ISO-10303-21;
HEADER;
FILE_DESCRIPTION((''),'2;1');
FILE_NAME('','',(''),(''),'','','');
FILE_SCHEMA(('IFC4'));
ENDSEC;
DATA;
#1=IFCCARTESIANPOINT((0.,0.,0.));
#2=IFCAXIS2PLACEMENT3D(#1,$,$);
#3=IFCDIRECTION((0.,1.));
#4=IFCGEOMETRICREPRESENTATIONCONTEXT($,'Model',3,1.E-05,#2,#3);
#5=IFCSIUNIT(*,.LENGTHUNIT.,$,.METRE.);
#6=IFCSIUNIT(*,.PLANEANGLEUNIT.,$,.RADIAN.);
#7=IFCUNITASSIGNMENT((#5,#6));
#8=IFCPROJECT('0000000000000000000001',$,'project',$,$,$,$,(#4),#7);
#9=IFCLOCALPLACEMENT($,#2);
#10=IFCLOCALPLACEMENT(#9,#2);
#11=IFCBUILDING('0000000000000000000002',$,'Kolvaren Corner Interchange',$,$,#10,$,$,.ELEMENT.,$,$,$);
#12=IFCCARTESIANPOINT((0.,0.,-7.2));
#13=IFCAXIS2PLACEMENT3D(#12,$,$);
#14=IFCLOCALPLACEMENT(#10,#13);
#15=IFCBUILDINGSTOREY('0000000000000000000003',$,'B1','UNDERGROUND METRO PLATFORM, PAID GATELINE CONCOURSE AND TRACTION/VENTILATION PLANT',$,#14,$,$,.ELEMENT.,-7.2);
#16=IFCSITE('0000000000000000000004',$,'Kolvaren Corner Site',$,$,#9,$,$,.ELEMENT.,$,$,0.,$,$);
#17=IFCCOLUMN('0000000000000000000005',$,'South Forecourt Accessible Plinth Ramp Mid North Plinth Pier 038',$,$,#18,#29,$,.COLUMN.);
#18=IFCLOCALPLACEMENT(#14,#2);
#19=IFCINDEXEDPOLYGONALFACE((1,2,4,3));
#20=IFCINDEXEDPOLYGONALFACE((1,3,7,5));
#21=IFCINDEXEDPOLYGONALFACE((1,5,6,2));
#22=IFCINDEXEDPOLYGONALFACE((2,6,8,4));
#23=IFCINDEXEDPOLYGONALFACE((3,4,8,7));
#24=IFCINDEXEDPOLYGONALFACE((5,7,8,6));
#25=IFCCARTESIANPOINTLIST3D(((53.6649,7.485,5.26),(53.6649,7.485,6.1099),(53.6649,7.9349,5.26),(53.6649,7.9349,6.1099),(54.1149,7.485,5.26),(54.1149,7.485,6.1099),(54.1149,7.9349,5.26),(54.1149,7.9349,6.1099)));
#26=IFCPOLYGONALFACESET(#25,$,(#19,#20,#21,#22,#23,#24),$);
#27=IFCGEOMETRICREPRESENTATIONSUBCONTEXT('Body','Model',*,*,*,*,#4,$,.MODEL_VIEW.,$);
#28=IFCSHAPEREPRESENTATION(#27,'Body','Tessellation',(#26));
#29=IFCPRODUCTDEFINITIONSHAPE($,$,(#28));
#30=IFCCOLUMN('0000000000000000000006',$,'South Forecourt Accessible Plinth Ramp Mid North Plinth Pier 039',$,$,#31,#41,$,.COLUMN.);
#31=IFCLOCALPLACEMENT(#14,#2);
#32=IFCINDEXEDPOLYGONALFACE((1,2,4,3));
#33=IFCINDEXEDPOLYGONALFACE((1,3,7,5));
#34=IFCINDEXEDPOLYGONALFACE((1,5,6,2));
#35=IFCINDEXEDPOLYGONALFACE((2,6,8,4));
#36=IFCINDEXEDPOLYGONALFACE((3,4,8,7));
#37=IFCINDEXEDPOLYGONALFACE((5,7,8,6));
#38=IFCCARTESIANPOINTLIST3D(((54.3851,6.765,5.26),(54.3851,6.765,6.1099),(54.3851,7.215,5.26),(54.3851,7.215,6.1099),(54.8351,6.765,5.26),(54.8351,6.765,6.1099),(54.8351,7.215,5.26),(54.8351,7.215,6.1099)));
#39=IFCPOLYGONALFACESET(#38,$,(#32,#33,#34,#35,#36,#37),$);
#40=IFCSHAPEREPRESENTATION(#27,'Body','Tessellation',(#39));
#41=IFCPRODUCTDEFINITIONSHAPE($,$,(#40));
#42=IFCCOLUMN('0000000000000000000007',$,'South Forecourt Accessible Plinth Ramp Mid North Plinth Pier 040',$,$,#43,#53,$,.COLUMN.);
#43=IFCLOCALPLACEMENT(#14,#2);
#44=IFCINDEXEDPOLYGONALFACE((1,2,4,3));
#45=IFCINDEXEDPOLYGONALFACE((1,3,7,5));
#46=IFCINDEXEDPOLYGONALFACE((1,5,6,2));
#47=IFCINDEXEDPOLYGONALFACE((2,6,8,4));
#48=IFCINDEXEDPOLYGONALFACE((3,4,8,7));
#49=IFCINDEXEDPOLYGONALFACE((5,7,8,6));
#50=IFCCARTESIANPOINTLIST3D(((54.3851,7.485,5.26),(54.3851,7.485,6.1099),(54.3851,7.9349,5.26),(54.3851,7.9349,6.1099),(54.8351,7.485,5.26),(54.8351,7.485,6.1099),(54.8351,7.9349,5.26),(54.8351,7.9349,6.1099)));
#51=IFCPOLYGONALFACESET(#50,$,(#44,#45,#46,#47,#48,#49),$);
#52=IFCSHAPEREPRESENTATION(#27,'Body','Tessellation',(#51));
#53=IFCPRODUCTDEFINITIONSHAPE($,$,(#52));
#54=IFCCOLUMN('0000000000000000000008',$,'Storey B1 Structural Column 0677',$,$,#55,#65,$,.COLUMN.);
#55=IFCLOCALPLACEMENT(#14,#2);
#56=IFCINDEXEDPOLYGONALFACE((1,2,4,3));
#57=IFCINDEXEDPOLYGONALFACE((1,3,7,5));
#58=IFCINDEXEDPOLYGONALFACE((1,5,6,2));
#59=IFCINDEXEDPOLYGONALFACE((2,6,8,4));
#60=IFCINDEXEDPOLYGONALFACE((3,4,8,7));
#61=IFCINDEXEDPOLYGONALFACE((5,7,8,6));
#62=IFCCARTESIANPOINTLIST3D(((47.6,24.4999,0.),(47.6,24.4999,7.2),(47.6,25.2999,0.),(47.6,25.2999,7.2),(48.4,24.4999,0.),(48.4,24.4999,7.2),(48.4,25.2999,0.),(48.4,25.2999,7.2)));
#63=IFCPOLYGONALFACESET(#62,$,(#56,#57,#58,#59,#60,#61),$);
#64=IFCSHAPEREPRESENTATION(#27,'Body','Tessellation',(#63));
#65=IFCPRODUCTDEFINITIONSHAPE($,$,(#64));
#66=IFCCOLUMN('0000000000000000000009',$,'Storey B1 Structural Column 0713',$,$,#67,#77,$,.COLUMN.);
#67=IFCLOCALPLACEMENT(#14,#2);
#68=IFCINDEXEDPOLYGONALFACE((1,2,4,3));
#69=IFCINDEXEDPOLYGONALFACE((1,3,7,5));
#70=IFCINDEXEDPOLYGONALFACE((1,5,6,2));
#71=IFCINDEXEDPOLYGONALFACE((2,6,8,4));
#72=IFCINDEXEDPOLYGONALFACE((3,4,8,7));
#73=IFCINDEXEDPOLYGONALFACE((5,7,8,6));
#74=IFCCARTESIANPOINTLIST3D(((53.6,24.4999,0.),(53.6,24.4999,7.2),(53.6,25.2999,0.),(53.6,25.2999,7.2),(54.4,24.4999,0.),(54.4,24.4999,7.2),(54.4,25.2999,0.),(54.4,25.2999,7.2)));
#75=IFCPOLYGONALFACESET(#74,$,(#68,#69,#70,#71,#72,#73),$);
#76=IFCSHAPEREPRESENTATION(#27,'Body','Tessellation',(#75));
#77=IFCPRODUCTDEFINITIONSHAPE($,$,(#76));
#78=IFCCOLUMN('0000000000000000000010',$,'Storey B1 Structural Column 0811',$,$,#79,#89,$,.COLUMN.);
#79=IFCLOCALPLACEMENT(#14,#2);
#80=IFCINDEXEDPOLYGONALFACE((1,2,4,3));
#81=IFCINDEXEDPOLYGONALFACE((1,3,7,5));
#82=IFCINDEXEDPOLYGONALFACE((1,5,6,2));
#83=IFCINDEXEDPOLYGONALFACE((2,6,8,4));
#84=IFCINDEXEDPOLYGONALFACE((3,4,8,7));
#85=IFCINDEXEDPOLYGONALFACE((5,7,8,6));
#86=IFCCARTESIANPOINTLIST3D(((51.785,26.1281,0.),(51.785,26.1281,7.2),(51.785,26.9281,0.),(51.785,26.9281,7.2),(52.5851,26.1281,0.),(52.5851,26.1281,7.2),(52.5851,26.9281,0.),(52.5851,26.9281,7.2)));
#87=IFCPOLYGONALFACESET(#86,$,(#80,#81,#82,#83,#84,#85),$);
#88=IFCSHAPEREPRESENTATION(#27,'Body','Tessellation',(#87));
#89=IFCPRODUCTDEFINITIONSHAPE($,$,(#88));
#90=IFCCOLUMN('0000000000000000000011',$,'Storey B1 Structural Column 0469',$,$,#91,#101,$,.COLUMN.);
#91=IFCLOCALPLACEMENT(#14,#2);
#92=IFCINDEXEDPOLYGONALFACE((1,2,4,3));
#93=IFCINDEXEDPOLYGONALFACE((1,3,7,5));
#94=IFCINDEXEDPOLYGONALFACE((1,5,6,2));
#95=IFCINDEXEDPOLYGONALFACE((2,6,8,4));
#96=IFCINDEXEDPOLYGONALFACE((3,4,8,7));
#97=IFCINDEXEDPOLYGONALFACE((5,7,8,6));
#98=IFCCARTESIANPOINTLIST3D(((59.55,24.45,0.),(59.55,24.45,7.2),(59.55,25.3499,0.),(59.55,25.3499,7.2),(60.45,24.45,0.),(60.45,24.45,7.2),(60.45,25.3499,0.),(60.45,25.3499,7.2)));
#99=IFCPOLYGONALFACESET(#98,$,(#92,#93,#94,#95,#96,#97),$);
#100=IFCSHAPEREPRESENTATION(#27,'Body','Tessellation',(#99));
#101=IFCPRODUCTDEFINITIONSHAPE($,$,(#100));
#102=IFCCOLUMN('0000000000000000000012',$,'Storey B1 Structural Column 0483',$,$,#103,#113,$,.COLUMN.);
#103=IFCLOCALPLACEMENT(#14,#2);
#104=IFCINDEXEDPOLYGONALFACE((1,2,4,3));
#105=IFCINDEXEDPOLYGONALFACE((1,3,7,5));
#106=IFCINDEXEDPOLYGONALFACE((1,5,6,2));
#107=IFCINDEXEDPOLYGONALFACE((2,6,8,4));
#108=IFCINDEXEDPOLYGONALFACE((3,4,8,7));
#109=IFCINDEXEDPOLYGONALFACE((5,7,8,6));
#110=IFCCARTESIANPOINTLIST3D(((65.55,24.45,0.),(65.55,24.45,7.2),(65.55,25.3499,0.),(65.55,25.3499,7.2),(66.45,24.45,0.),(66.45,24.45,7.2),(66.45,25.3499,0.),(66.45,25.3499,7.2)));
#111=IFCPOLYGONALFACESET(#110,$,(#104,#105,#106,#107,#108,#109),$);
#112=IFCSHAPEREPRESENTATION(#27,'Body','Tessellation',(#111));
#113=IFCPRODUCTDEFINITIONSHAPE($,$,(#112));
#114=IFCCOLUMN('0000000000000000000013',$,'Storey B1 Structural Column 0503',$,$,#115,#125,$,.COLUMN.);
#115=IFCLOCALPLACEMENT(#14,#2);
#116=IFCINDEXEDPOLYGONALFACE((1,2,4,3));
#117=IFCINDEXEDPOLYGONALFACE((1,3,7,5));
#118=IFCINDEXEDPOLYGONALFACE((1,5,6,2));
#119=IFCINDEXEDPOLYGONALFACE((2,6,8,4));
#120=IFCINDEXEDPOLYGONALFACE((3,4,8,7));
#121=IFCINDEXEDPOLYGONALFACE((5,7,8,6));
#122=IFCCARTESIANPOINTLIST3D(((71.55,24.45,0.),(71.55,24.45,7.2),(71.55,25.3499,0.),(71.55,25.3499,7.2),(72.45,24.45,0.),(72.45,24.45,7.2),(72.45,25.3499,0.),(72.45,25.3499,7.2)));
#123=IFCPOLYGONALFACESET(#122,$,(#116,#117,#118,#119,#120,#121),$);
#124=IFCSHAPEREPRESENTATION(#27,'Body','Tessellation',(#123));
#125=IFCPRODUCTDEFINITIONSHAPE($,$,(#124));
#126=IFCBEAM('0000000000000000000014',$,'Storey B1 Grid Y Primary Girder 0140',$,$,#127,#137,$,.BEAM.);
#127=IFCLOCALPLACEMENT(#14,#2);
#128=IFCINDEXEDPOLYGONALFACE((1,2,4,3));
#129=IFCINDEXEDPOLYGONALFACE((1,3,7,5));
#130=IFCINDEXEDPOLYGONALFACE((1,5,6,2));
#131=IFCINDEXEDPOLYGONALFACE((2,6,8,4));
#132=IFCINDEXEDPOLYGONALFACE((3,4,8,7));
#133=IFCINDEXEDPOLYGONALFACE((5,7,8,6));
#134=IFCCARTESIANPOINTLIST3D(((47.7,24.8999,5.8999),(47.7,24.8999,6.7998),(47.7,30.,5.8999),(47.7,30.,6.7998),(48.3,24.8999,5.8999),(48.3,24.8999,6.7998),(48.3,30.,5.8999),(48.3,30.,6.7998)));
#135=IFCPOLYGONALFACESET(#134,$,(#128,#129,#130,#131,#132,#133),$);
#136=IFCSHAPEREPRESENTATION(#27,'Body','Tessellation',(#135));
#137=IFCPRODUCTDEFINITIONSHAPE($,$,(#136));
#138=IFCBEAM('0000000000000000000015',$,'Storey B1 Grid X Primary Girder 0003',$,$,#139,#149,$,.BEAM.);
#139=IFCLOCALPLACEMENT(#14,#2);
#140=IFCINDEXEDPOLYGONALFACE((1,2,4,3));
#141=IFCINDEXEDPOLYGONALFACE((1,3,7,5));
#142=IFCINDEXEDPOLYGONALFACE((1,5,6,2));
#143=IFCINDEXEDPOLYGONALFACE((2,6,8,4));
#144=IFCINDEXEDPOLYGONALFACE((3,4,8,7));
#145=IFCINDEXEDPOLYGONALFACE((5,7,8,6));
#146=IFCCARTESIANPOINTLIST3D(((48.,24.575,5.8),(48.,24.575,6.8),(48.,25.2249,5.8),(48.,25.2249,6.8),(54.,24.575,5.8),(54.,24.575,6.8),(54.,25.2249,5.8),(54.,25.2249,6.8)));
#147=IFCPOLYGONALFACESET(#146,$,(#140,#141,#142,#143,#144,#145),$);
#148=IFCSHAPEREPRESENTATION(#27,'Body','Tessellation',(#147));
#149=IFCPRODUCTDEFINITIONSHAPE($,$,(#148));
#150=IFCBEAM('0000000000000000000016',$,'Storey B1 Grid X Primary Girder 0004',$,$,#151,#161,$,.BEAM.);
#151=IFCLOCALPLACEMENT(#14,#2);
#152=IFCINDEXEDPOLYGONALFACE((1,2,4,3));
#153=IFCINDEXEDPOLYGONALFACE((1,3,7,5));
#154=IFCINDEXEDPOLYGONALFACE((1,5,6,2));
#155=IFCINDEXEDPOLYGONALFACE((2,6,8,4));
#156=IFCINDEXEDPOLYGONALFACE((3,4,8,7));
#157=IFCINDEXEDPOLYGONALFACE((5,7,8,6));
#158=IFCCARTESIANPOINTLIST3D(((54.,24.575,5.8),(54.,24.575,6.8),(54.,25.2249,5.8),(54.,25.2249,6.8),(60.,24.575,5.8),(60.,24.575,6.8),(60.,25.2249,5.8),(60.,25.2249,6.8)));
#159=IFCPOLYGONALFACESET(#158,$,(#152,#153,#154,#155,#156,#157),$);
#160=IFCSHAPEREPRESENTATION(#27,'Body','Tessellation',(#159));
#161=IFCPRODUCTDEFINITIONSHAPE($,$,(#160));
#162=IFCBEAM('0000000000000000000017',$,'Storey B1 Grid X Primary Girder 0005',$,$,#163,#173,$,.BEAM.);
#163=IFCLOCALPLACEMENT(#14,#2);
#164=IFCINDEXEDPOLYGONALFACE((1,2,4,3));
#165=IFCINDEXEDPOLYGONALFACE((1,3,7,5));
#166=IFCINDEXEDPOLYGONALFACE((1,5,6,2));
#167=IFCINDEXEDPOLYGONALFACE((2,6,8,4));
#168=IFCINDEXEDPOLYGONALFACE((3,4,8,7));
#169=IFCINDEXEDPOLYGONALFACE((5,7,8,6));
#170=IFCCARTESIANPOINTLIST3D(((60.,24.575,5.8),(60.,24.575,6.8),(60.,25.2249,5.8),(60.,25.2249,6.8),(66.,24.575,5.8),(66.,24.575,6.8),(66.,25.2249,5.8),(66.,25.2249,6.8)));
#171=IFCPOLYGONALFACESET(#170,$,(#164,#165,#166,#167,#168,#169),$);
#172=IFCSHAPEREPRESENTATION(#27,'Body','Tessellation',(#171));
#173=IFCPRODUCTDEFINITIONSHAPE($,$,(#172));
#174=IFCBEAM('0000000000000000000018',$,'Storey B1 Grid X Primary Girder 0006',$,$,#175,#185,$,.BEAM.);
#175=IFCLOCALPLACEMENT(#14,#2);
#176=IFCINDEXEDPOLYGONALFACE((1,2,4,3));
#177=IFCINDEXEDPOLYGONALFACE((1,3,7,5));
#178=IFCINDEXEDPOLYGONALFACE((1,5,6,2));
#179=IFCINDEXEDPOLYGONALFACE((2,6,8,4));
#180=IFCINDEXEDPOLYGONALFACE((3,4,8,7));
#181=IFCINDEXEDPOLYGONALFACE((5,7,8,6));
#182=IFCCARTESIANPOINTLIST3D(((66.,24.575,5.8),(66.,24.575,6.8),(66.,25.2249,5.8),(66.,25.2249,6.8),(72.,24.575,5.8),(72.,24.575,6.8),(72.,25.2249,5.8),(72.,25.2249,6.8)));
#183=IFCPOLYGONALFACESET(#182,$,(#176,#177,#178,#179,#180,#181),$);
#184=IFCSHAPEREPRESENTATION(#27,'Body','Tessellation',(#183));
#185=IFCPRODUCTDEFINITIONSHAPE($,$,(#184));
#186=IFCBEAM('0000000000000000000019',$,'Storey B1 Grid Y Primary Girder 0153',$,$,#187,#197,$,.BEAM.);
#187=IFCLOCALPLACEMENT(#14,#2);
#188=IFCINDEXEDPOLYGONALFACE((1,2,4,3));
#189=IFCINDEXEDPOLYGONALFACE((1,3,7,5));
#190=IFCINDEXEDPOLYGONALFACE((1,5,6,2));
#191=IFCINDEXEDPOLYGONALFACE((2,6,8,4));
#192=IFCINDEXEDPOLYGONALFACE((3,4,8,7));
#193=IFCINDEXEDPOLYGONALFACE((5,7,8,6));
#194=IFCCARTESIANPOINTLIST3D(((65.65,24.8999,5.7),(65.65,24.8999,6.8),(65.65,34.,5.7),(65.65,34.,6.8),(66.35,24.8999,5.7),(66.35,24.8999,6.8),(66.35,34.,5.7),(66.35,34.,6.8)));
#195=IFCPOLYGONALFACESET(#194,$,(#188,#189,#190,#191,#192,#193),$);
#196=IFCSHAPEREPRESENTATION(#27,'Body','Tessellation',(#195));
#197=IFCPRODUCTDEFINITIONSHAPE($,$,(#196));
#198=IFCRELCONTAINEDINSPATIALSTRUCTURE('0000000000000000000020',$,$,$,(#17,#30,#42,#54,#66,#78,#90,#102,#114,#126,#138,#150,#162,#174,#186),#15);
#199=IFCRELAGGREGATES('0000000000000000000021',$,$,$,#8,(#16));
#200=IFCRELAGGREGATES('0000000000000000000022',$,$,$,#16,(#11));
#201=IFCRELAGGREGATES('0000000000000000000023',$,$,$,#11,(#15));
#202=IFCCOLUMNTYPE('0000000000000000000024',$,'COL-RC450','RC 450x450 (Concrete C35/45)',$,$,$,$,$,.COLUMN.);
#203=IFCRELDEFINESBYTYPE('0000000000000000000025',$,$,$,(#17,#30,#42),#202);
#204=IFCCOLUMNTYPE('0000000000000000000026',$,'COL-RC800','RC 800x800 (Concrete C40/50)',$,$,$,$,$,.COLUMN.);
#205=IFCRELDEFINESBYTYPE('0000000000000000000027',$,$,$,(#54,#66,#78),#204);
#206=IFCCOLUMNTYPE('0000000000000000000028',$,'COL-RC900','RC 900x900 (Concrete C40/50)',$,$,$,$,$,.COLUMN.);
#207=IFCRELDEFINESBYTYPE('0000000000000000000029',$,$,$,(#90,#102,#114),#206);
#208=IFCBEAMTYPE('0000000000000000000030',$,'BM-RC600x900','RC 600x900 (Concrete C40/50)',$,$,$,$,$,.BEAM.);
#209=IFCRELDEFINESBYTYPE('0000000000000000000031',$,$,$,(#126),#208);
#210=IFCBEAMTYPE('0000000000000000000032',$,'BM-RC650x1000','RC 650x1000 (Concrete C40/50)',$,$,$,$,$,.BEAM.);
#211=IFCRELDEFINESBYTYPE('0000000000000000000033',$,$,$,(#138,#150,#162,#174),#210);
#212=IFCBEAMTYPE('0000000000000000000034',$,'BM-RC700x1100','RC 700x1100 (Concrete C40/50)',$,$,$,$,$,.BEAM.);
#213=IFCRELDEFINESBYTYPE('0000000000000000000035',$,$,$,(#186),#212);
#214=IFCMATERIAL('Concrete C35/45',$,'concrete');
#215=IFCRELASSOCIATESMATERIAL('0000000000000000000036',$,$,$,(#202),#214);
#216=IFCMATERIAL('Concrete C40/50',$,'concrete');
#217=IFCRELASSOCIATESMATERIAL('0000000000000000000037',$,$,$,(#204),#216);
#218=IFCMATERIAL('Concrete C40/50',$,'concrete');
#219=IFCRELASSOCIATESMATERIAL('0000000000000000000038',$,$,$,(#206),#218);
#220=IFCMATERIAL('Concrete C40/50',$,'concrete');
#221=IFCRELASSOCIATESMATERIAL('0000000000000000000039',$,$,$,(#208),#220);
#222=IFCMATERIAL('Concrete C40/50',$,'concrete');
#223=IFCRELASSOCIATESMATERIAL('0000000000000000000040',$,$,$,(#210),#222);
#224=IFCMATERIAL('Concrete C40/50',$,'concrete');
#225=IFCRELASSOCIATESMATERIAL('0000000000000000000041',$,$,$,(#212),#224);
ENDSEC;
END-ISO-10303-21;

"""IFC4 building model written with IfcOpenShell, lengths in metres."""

from ifc_helpers import new_model, si_unit, direction, frame, origin, origin_2d, place, context, subcontext, project, spatial, rectangle, extrude, material, material_profile, profile_set, type_object, element, save


model = new_model("IFC4")

# Units and contexts
model_context = context("Model", 3, precision=1e-05, world=origin(), true_north=direction((0.0, 1.0)))
body_context = subcontext(model_context, "Body", "Model", "MODEL_VIEW")
ifc_project = project(units=[si_unit("LENGTHUNIT", "METRE"), si_unit("PLANEANGLEUNIT", "RADIAN")], contexts=[model_context])

# Site, building, storey
site_placement = place(None, origin())
site = spatial("IfcSite", under=ifc_project, at=site_placement, Name="Kolvaren Corner Site", CompositionType="ELEMENT", RefElevation=0.0)
building_placement = place(site_placement, origin())
building = spatial("IfcBuilding", under=site, at=building_placement, Name="Kolvaren Corner Interchange", CompositionType="ELEMENT")
storey_placement = place(building_placement, frame((0.0, 0.0, -7.2)))
storey = spatial("IfcBuildingStorey", under=building, at=storey_placement, Name="B1", Description="UNDERGROUND METRO PLATFORM, PAID GATELINE CONCOURSE AND TRACTION/VENTILATION PLANT", CompositionType="ELEMENT", Elevation=-7.2)

# Columns
ifc_material_1 = material(Name="Concrete C35/45", Category="concrete")
ifc_material_profile_1 = material_profile(ifc_material_1, rectangle(XDim=0.45, YDim=0.45, at=origin_2d()), Name="RC 450x450")
ifc_profile_set_1 = profile_set([ifc_material_profile_1], Name="Concrete C35/45")
column_type_1 = type_object("IfcColumnType", Name="COL-RC450", Description="RC 450x450 (Concrete C35/45)", PredefinedType="COLUMN", material=ifc_profile_set_1)
for number, where, z_axis, x_axis, name in (
    (1, (53.8899, 7.71, 5.26), (0.0, 0.0, 1.0), (1.0, 0.0, 0.0), "South Forecourt Accessible Plinth Ramp Mid North Plinth Pier 038"),
    (2, (54.6101, 6.99, 5.26), (0.0, 0.0, 1.0), (1.0, 0.0, 0.0), "South Forecourt Accessible Plinth Ramp Mid North Plinth Pier 039"),
    (3, (54.6101, 7.71, 5.26), (0.0, 0.0, 1.0), (1.0, 0.0, 0.0), "South Forecourt Accessible Plinth Ramp Mid North Plinth Pier 040"),
):
    element("IfcColumn", number, at=place(storey_placement, frame(where, z_axis=z_axis, x_axis=x_axis)), inside=storey, type_object=column_type_1, Name=name, PredefinedType="COLUMN", context=body_context, shape_type="SweptSolid", body=[
        extrude(rectangle(XDim=0.45, YDim=0.45, at=origin_2d()), origin(), (0.0, 0.0, 1.0), 0.8499),
    ])
ifc_material_2 = material(Name="Concrete C40/50", Category="concrete")
ifc_material_profile_2 = material_profile(ifc_material_2, rectangle(XDim=0.8, YDim=0.8, at=origin_2d()), Name="RC 800x800")
ifc_profile_set_2 = profile_set([ifc_material_profile_2], Name="Concrete C40/50")
column_type_2 = type_object("IfcColumnType", Name="COL-RC800", Description="RC 800x800 (Concrete C40/50)", PredefinedType="COLUMN", material=ifc_profile_set_2)
for number, where, z_axis, x_axis, name in (
    (4, (48.0, 24.8999, 0.0), (0.0, 0.0, 1.0), (1.0, 0.0, 0.0), "Storey B1 Structural Column 0677"),
    (5, (54.0, 24.8999, 0.0), (0.0, 0.0, 1.0), (1.0, 0.0, 0.0), "Storey B1 Structural Column 0713"),
    (6, (52.1851, 26.5281, 0.0), (0.0, 0.0, 1.0), (1.0, 0.0, 0.0), "Storey B1 Structural Column 0811"),
):
    element("IfcColumn", number, at=place(storey_placement, frame(where, z_axis=z_axis, x_axis=x_axis)), inside=storey, type_object=column_type_2, Name=name, PredefinedType="COLUMN", context=body_context, shape_type="SweptSolid", body=[
        extrude(rectangle(XDim=0.8, YDim=0.8, at=origin_2d()), origin(), (0.0, 0.0, 1.0), 7.2),
    ])
ifc_material_3 = material(Name="Concrete C40/50", Category="concrete")
ifc_material_profile_3 = material_profile(ifc_material_3, rectangle(XDim=0.8999, YDim=0.8999, at=origin_2d()), Name="RC 900x900")
ifc_profile_set_3 = profile_set([ifc_material_profile_3], Name="Concrete C40/50")
column_type_3 = type_object("IfcColumnType", Name="COL-RC900", Description="RC 900x900 (Concrete C40/50)", PredefinedType="COLUMN", material=ifc_profile_set_3)
for number, where, z_axis, x_axis, name in (
    (7, (60.0, 24.8999, 0.0), (0.0, 0.0, 1.0), (1.0, 0.0, 0.0), "Storey B1 Structural Column 0469"),
    (8, (66.0, 24.8999, 0.0), (0.0, 0.0, 1.0), (1.0, 0.0, 0.0), "Storey B1 Structural Column 0483"),
    (9, (72.0, 24.8999, 0.0), (0.0, 0.0, 1.0), (1.0, 0.0, 0.0), "Storey B1 Structural Column 0503"),
):
    element("IfcColumn", number, at=place(storey_placement, frame(where, z_axis=z_axis, x_axis=x_axis)), inside=storey, type_object=column_type_3, Name=name, PredefinedType="COLUMN", context=body_context, shape_type="SweptSolid", body=[
        extrude(rectangle(XDim=0.8999, YDim=0.8999, at=origin_2d()), origin(), (0.0, 0.0, 1.0), 7.2),
    ])

# Beams
ifc_material_4 = material(Name="Concrete C40/50", Category="concrete")
ifc_material_profile_4 = material_profile(ifc_material_4, rectangle(XDim=0.6001, YDim=0.8999, at=origin_2d()), Name="RC 600x900")
ifc_profile_set_4 = profile_set([ifc_material_profile_4], Name="Concrete C40/50")
beam_type_1 = type_object("IfcBeamType", Name="BM-RC600x900", Description="RC 600x900 (Concrete C40/50)", PredefinedType="BEAM", material=ifc_profile_set_4)
beam_1_placement = place(storey_placement, frame((48.0, 24.8999, 6.3499), z_axis=(0.0, 1.0, 0.0), x_axis=(-1.0, 0.0, 0.0)))
element("IfcBeam", 10, at=beam_1_placement, inside=storey, type_object=beam_type_1, Name="Storey B1 Grid Y Primary Girder 0140", PredefinedType="BEAM", context=body_context, shape_type="SweptSolid", body=[
    extrude(rectangle(XDim=0.6001, YDim=0.8999, at=origin_2d()), origin(), (0.0, 0.0, 1.0), 5.1001),
])
ifc_material_5 = material(Name="Concrete C40/50", Category="concrete")
ifc_material_profile_5 = material_profile(ifc_material_5, rectangle(XDim=0.6499, YDim=1.0, at=origin_2d()), Name="RC 650x1000")
ifc_profile_set_5 = profile_set([ifc_material_profile_5], Name="Concrete C40/50")
beam_type_2 = type_object("IfcBeamType", Name="BM-RC650x1000", Description="RC 650x1000 (Concrete C40/50)", PredefinedType="BEAM", material=ifc_profile_set_5)
for number, where, z_axis, x_axis, name in (
    (11, (48.0, 24.8999, 6.3), (1.0, 0.0, 0.0), (0.0, 1.0, 0.0), "Storey B1 Grid X Primary Girder 0003"),
    (12, (54.0, 24.8999, 6.3), (1.0, 0.0, 0.0), (0.0, 1.0, 0.0), "Storey B1 Grid X Primary Girder 0004"),
    (13, (60.0, 24.8999, 6.3), (1.0, 0.0, 0.0), (0.0, 1.0, 0.0), "Storey B1 Grid X Primary Girder 0005"),
    (14, (66.0, 24.8999, 6.3), (1.0, 0.0, 0.0), (0.0, 1.0, 0.0), "Storey B1 Grid X Primary Girder 0006"),
):
    element("IfcBeam", number, at=place(storey_placement, frame(where, z_axis=z_axis, x_axis=x_axis)), inside=storey, type_object=beam_type_2, Name=name, PredefinedType="BEAM", context=body_context, shape_type="SweptSolid", body=[
        extrude(rectangle(XDim=0.6499, YDim=1.0, at=origin_2d()), origin(), (0.0, 0.0, 1.0), 6.0),
    ])
ifc_material_6 = material(Name="Concrete C40/50", Category="concrete")
ifc_material_profile_6 = material_profile(ifc_material_6, rectangle(XDim=0.7, YDim=1.1001, at=origin_2d()), Name="RC 700x1100")
ifc_profile_set_6 = profile_set([ifc_material_profile_6], Name="Concrete C40/50")
beam_type_3 = type_object("IfcBeamType", Name="BM-RC700x1100", Description="RC 700x1100 (Concrete C40/50)", PredefinedType="BEAM", material=ifc_profile_set_6)
beam_2_placement = place(storey_placement, frame((66.0, 24.8999, 6.25), z_axis=(0.0, 1.0, 0.0), x_axis=(-1.0, 0.0, 0.0)))
element("IfcBeam", 15, at=beam_2_placement, inside=storey, type_object=beam_type_3, Name="Storey B1 Grid Y Primary Girder 0153", PredefinedType="BEAM", context=body_context, shape_type="SweptSolid", body=[
    extrude(rectangle(XDim=0.7, YDim=1.1001, at=origin_2d()), origin(), (0.0, 0.0, 1.0), 9.1001),
])

save(model, "model.ifc")
